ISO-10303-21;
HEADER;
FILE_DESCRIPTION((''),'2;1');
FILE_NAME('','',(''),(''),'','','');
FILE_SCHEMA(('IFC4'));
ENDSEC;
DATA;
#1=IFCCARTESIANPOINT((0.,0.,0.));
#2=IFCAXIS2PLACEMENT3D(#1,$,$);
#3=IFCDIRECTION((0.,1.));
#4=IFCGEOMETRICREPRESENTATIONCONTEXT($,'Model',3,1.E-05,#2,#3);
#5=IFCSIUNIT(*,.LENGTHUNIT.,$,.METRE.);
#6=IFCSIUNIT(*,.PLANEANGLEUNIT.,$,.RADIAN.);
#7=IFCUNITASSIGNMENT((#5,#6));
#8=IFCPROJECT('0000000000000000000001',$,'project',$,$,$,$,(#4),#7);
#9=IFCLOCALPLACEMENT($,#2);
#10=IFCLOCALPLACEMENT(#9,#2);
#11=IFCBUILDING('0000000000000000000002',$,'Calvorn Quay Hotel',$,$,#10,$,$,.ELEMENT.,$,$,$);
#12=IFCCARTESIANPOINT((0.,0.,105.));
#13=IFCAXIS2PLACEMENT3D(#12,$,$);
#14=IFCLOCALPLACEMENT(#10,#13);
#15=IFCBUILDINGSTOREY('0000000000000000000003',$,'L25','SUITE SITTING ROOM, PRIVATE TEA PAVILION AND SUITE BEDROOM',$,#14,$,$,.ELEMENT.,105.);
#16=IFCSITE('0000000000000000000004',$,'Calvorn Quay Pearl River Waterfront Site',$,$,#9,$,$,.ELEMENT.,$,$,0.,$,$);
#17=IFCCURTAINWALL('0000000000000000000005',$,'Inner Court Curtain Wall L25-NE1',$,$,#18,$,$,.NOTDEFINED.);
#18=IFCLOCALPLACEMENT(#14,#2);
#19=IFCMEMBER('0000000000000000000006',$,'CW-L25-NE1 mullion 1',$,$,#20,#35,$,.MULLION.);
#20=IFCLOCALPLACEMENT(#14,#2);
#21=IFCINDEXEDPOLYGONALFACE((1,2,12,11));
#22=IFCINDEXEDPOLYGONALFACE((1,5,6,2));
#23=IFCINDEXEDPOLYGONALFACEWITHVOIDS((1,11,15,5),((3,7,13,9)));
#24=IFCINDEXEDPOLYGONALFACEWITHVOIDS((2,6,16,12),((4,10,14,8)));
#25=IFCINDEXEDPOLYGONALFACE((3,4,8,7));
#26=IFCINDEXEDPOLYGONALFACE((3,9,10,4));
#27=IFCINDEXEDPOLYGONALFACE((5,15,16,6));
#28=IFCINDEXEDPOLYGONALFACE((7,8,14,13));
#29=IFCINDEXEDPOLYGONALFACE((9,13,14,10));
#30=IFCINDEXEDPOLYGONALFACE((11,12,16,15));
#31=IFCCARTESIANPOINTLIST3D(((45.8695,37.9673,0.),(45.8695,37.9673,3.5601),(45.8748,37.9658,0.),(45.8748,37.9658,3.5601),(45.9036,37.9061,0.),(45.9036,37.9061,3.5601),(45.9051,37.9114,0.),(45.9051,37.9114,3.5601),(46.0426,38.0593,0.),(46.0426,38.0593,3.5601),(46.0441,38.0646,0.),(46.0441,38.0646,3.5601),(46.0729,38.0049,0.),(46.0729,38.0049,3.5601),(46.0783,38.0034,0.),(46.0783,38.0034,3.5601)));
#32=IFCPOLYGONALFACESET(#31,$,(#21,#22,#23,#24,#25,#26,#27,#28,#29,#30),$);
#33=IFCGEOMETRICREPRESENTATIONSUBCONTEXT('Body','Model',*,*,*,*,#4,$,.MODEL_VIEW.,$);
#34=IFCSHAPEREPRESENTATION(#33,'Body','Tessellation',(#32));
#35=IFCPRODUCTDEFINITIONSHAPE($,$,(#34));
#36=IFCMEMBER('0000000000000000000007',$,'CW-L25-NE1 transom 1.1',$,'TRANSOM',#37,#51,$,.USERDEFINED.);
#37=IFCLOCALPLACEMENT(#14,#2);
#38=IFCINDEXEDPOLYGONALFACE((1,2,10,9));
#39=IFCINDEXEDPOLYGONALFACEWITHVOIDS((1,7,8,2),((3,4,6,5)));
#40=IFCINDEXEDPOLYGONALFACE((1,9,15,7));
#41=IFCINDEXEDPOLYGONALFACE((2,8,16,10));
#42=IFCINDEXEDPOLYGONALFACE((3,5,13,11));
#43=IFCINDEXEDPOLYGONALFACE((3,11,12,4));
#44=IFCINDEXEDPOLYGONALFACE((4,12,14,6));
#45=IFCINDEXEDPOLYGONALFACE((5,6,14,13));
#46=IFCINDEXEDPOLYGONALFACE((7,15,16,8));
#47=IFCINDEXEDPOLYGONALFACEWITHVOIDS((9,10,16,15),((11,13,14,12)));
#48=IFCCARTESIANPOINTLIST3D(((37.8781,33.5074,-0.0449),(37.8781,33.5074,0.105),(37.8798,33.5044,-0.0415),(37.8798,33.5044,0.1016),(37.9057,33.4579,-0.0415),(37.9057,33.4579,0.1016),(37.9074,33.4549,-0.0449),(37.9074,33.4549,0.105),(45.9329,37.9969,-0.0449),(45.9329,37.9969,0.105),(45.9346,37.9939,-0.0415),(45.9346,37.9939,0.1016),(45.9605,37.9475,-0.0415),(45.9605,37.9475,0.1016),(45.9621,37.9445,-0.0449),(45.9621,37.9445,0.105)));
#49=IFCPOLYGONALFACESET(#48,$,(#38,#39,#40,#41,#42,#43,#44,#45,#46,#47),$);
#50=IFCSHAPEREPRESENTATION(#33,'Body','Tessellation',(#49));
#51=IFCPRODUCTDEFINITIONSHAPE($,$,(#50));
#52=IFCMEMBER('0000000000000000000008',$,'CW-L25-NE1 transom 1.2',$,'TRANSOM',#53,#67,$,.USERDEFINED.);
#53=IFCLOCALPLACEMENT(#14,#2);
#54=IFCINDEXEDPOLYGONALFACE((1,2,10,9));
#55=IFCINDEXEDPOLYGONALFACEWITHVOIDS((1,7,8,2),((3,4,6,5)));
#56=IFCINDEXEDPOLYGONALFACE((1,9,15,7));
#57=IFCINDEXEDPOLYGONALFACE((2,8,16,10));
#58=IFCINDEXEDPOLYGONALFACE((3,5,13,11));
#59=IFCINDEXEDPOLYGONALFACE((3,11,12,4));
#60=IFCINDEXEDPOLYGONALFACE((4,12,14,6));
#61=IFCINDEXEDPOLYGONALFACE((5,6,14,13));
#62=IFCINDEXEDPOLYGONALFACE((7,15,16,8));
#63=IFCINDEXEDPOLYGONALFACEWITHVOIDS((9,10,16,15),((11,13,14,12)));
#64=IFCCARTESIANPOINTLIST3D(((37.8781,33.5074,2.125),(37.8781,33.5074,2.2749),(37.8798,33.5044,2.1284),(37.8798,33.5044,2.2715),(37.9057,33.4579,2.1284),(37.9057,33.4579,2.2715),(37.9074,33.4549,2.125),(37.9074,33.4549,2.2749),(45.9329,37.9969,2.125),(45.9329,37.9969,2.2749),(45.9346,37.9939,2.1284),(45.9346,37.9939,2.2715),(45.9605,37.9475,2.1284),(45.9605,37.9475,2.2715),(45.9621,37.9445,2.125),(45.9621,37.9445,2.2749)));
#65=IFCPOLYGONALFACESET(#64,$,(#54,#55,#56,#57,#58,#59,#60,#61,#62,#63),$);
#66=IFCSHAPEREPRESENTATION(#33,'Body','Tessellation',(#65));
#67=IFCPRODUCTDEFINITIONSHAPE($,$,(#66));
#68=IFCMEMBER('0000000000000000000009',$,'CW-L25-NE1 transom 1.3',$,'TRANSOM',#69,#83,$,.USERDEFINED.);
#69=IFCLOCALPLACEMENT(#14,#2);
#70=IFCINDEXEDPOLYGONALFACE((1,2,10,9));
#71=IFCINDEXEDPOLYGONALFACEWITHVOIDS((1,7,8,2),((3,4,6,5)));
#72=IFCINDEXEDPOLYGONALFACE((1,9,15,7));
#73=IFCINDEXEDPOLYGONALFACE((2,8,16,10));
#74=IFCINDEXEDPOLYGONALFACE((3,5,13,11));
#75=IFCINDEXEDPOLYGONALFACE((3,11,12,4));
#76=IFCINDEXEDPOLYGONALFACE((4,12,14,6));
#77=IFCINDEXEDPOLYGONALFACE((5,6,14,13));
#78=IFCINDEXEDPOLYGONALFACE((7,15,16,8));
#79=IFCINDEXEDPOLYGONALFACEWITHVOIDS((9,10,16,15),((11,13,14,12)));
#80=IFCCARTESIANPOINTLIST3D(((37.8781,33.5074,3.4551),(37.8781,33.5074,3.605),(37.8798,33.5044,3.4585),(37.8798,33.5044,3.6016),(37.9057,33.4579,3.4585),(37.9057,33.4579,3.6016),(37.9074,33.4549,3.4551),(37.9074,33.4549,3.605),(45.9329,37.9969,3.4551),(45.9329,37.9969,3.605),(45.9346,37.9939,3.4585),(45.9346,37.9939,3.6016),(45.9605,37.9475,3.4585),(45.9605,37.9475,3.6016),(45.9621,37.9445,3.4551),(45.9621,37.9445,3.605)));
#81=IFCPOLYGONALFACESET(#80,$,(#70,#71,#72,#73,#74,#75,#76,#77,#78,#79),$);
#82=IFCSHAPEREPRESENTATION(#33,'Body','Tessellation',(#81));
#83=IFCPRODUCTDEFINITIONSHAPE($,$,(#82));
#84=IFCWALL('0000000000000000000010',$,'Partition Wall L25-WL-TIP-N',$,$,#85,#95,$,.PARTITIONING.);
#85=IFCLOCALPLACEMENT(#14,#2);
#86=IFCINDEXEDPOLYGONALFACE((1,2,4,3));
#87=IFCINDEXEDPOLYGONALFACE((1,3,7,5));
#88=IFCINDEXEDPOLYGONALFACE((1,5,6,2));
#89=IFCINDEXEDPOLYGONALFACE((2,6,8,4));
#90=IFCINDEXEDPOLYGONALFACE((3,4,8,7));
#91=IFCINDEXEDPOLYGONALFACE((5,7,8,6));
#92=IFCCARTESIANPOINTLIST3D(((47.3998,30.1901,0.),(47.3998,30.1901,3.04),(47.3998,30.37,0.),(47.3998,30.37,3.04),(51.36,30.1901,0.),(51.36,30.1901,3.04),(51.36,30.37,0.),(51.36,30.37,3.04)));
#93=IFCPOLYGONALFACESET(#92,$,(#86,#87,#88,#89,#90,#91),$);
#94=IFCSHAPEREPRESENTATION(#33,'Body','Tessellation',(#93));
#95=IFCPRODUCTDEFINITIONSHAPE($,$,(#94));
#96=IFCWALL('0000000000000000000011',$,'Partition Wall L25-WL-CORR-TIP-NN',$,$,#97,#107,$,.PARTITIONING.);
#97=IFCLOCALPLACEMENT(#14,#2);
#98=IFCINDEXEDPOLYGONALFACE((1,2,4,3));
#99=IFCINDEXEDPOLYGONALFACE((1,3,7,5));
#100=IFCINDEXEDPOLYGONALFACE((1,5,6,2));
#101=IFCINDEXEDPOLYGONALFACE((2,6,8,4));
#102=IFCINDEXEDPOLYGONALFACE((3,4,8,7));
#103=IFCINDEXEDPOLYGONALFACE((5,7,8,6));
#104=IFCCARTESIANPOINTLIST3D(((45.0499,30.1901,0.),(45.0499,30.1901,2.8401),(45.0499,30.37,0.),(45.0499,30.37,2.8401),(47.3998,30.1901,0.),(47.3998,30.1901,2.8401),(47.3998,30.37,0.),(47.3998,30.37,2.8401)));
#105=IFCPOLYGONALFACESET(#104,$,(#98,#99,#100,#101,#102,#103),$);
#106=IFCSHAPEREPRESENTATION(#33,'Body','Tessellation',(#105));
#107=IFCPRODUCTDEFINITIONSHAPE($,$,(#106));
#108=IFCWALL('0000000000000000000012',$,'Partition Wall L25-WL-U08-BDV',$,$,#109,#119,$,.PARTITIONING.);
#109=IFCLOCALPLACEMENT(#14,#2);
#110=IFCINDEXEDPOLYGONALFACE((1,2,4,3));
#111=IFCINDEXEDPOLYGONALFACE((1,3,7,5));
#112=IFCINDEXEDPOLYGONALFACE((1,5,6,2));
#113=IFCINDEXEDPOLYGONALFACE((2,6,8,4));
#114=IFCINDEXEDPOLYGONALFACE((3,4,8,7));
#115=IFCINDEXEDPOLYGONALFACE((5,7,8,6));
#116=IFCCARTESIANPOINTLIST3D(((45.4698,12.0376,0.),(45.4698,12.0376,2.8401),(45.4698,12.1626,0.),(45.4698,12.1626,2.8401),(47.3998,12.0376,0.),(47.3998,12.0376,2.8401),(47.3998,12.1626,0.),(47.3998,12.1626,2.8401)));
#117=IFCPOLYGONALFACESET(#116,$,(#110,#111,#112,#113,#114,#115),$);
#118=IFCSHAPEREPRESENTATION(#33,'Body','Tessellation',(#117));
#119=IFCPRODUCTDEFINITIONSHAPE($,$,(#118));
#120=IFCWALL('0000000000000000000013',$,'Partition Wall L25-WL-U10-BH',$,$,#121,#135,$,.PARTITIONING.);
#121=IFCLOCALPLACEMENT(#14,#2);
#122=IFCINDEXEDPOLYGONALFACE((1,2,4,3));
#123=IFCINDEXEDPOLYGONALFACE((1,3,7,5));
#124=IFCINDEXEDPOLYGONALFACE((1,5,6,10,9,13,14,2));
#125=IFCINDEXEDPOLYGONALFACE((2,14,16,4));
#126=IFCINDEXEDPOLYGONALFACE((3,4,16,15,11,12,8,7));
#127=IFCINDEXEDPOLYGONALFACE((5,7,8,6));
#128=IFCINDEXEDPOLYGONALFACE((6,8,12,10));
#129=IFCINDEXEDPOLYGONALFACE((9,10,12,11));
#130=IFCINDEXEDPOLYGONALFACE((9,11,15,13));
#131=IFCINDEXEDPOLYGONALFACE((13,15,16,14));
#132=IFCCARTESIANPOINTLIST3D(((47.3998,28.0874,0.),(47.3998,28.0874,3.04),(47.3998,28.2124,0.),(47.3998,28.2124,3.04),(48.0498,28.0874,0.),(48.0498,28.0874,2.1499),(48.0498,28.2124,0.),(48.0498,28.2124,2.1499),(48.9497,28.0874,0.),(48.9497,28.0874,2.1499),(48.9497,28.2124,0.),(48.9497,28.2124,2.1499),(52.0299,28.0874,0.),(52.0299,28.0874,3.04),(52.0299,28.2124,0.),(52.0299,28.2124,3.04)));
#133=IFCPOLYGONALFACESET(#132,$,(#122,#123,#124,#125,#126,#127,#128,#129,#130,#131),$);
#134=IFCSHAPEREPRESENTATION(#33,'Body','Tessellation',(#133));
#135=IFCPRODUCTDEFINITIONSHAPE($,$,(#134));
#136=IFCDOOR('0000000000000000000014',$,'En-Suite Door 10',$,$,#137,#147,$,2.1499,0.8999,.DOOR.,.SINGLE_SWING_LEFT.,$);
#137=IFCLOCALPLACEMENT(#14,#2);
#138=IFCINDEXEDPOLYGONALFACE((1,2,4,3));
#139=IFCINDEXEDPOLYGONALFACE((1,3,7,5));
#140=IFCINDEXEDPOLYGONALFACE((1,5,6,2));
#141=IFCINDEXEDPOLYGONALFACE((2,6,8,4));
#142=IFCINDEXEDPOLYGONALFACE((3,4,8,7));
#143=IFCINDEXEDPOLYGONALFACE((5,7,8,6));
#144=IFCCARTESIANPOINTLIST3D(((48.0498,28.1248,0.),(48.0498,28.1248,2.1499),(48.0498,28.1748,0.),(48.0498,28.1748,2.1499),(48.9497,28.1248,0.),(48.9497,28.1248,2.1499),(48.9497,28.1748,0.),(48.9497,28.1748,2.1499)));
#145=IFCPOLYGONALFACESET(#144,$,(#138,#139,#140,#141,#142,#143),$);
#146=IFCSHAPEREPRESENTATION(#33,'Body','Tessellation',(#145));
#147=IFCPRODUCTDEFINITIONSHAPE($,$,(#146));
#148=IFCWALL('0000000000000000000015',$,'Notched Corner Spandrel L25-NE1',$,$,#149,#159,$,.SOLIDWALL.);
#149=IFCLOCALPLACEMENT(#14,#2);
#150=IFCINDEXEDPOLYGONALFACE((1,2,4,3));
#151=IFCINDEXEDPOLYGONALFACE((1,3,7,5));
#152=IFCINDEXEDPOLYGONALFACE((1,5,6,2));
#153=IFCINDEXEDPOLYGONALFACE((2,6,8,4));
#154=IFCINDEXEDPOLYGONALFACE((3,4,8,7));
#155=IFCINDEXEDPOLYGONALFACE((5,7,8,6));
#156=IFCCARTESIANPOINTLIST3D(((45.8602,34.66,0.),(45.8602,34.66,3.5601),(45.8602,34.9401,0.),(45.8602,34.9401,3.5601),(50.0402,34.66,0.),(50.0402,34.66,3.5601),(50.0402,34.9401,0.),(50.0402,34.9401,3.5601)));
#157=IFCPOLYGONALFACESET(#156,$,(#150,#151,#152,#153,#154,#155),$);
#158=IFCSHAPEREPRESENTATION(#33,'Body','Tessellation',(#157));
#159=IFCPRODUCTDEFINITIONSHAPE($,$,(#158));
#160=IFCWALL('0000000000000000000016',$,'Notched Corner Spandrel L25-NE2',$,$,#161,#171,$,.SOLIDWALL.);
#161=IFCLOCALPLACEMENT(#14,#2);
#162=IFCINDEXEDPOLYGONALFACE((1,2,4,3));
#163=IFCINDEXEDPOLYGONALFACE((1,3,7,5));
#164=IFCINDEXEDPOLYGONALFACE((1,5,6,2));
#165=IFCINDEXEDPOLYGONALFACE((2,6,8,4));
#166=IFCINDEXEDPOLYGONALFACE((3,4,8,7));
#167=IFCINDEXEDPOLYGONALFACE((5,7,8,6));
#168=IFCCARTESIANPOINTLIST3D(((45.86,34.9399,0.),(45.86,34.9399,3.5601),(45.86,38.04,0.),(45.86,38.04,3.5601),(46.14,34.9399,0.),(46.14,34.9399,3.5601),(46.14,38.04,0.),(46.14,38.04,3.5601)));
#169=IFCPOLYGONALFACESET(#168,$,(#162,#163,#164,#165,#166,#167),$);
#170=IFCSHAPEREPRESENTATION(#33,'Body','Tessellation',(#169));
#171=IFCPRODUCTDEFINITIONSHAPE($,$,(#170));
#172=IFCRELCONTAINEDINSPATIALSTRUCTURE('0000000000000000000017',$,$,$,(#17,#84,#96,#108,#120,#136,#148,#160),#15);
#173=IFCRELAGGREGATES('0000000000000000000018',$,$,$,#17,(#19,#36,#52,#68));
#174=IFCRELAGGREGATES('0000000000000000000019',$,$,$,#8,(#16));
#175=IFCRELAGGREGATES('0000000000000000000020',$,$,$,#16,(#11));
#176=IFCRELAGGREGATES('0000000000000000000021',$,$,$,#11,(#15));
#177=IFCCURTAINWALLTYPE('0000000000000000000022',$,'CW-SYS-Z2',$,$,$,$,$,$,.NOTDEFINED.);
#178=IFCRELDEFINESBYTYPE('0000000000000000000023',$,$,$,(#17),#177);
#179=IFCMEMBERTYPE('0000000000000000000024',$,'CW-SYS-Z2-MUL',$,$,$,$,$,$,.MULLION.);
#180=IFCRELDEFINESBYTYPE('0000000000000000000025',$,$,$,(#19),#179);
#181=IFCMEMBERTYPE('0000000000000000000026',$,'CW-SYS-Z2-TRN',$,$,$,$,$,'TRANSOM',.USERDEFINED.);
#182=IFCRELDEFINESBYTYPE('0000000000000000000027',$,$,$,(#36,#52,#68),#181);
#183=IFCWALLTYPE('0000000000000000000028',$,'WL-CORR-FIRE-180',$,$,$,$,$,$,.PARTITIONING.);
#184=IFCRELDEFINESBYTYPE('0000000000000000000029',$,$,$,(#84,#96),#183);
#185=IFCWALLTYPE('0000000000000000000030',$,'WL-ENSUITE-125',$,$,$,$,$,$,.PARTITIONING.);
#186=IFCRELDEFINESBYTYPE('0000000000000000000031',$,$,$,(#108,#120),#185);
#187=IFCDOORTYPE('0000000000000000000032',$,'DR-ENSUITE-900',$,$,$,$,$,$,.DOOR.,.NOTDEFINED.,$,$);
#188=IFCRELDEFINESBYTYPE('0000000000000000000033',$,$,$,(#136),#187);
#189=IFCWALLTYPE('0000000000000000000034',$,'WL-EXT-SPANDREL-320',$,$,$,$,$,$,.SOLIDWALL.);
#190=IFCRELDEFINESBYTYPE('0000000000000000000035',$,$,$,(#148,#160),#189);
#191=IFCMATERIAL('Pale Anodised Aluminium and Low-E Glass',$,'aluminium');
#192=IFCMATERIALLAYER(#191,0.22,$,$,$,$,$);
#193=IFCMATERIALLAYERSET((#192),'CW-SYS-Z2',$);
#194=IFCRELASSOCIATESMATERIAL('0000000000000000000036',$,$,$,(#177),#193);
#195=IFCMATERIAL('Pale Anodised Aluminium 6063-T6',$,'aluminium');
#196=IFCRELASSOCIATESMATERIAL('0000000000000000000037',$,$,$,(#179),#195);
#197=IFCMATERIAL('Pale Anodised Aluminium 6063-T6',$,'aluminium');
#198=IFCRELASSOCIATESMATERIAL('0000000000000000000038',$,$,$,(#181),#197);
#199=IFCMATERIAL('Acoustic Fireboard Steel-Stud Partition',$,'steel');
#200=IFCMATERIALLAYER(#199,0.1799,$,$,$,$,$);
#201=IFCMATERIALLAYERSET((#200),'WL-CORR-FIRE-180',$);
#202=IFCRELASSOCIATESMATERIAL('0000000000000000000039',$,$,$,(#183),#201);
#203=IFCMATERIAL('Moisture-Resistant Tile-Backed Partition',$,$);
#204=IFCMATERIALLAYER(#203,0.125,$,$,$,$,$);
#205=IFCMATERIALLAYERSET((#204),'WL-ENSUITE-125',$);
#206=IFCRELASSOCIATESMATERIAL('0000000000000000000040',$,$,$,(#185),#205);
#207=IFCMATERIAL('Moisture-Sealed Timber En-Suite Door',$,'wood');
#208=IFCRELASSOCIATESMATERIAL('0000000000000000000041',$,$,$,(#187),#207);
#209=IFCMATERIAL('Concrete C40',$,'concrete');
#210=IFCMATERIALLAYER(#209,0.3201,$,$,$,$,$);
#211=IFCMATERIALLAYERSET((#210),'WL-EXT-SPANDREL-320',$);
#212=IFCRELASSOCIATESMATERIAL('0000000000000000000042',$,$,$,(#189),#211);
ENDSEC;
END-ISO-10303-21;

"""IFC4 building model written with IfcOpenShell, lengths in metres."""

from ifc_helpers import new_model, si_unit, direction, frame, frame_2d, origin, origin_2d, place, context, subcontext, project, spatial, rectangle, hollow_rectangle, extrude, material, layer, layer_set, material_profile, profile_set, type_object, element, fill, aggregate, save


model = new_model("IFC4")

# Units and contexts
model_context = context("Model", 3, precision=1e-05, world=origin(), true_north=direction((0.0, 1.0)))
body_context = subcontext(model_context, "Body", "Model", "MODEL_VIEW")
ifc_project = project(units=[si_unit("LENGTHUNIT", "METRE"), si_unit("PLANEANGLEUNIT", "RADIAN")], contexts=[model_context])

# Site, building, storey
site_placement = place(None, origin())
site = spatial("IfcSite", under=ifc_project, at=site_placement, Name="Calvorn Quay Pearl River Waterfront Site", CompositionType="ELEMENT", RefElevation=0.0)
building_placement = place(site_placement, origin())
building = spatial("IfcBuilding", under=site, at=building_placement, Name="Calvorn Quay Hotel", CompositionType="ELEMENT")
storey_placement = place(building_placement, frame((0.0, 0.0, 105.0)))
storey = spatial("IfcBuildingStorey", under=building, at=storey_placement, Name="L25", Description="SUITE SITTING ROOM, PRIVATE TEA PAVILION AND SUITE BEDROOM", CompositionType="ELEMENT", Elevation=105.0)

# Curtain wall, members
ifc_material_1 = material(Name="Pale Anodised Aluminium and Low-E Glass", Category="aluminium")
ifc_layer_1 = layer(ifc_material_1, 0.22)
ifc_layer_set_1 = layer_set([ifc_layer_1], Name="CW-SYS-Z2")
curtain_wall_type = type_object("IfcCurtainWallType", Name="CW-SYS-Z2", PredefinedType="NOTDEFINED", material=ifc_layer_set_1)
curtain_wall_placement = place(storey_placement, origin())
curtain_wall = element("IfcCurtainWall", 1, at=curtain_wall_placement, inside=storey, type_object=curtain_wall_type, Name="Inner Court Curtain Wall L25-NE1", PredefinedType="NOTDEFINED")
ifc_material_2 = material(Name="Pale Anodised Aluminium 6063-T6", Category="aluminium")
ifc_material_profile_1 = material_profile(ifc_material_2, hollow_rectangle(XDim=0.0701, YDim=0.2, WallThickness=0.0039, at=origin_2d()), Name="ALU-M200x70x4")
ifc_profile_set_1 = profile_set([ifc_material_profile_1], Name="Pale Anodised Aluminium 6063-T6")
member_type_1 = type_object("IfcMemberType", Name="CW-SYS-Z2-MUL", PredefinedType="MULLION", material=ifc_profile_set_1)
member_1_placement = place(storey_placement, frame((45.9739, 37.9854, 0.0), z_axis=(0.0, 0.0, 1.0), x_axis=(0.486858, -0.873481, 0.0)))
member_1 = element("IfcMember", 2, at=member_1_placement, type_object=member_type_1, Name="CW-L25-NE1 mullion 1", PredefinedType="MULLION", context=body_context, shape_type="SweptSolid", body=[
    extrude(hollow_rectangle(XDim=0.0701, YDim=0.2, WallThickness=0.0039, at=origin_2d()), origin(), (0.0, 0.0, 1.0), 3.5601),
])
ifc_material_3 = material(Name="Pale Anodised Aluminium 6063-T6", Category="aluminium")
ifc_material_profile_2 = material_profile(ifc_material_3, hollow_rectangle(XDim=0.0601, YDim=0.1499, WallThickness=0.0034, at=origin_2d()), Name="ALU-T150x60x3.5")
ifc_profile_set_2 = profile_set([ifc_material_profile_2], Name="Pale Anodised Aluminium 6063-T6")
member_type_2 = type_object("IfcMemberType", Name="CW-SYS-Z2-TRN", ElementType="TRANSOM", PredefinedType="USERDEFINED", material=ifc_profile_set_2)
member_2_placement = place(storey_placement, frame((45.9475, 37.9707, 0.03), z_axis=(-0.873481, -0.486859, 0.0), x_axis=(0.486859, -0.873481, 0.0)))
member_2 = element("IfcMember", 3, at=member_2_placement, type_object=member_type_2, Name="CW-L25-NE1 transom 1.1", ObjectType="TRANSOM", PredefinedType="USERDEFINED", context=body_context, shape_type="SweptSolid", body=[
    extrude(hollow_rectangle(XDim=0.0601, YDim=0.1499, WallThickness=0.0034, at=origin_2d()), origin(), (0.0, 0.0, 1.0), 9.2214),
])
member_3_placement = place(storey_placement, frame((45.9475, 37.9707, 2.2), z_axis=(-0.873481, -0.486859, 0.0), x_axis=(0.486859, -0.873481, 0.0)))
member_3 = element("IfcMember", 4, at=member_3_placement, type_object=member_type_2, Name="CW-L25-NE1 transom 1.2", ObjectType="TRANSOM", PredefinedType="USERDEFINED", context=body_context, shape_type="SweptSolid", body=[
    extrude(hollow_rectangle(XDim=0.0601, YDim=0.1499, WallThickness=0.0034, at=origin_2d()), origin(), (0.0, 0.0, 1.0), 9.2214),
])
member_4_placement = place(storey_placement, frame((45.9475, 37.9707, 3.53), z_axis=(-0.873481, -0.486859, 0.0), x_axis=(0.486859, -0.873481, 0.0)))
member_4 = element("IfcMember", 5, at=member_4_placement, type_object=member_type_2, Name="CW-L25-NE1 transom 1.3", ObjectType="TRANSOM", PredefinedType="USERDEFINED", context=body_context, shape_type="SweptSolid", body=[
    extrude(hollow_rectangle(XDim=0.0601, YDim=0.1499, WallThickness=0.0034, at=origin_2d()), origin(), (0.0, 0.0, 1.0), 9.2214),
])
aggregate(curtain_wall, [member_1, member_2, member_3, member_4])

# Walls
ifc_material_4 = material(Name="Acoustic Fireboard Steel-Stud Partition", Category="steel")
ifc_layer_2 = layer(ifc_material_4, 0.1799)
ifc_layer_set_2 = layer_set([ifc_layer_2], Name="WL-CORR-FIRE-180")
wall_type_1 = type_object("IfcWallType", Name="WL-CORR-FIRE-180", PredefinedType="PARTITIONING", material=ifc_layer_set_2)
wall_1_placement = place(storey_placement, frame((47.3999, 30.28, 0.0), z_axis=(0.0, 0.0, 1.0), x_axis=(1.0, 0.0, 0.0)))
element("IfcWall", 6, at=wall_1_placement, inside=storey, type_object=wall_type_1, Name="Partition Wall L25-WL-TIP-N", PredefinedType="PARTITIONING", context=body_context, shape_type="SweptSolid", body=[
    extrude(rectangle(XDim=3.9602, YDim=0.1799, at=frame_2d((1.98, 0.0))), origin(), (0.0, 0.0, 1.0), 3.04),
])
wall_2_placement = place(storey_placement, frame((45.05, 30.28, 0.0), z_axis=(0.0, 0.0, 1.0), x_axis=(1.0, 0.0, 0.0)))
element("IfcWall", 7, at=wall_2_placement, inside=storey, type_object=wall_type_1, Name="Partition Wall L25-WL-CORR-TIP-NN", PredefinedType="PARTITIONING", context=body_context, shape_type="SweptSolid", body=[
    extrude(rectangle(XDim=2.3499, YDim=0.1799, at=frame_2d((1.1748, 0.0))), origin(), (0.0, 0.0, 1.0), 2.8401),
])
ifc_material_5 = material(Name="Moisture-Resistant Tile-Backed Partition")
ifc_layer_3 = layer(ifc_material_5, 0.125)
ifc_layer_set_3 = layer_set([ifc_layer_3], Name="WL-ENSUITE-125")
wall_type_2 = type_object("IfcWallType", Name="WL-ENSUITE-125", PredefinedType="PARTITIONING", material=ifc_layer_set_3)
wall_3_placement = place(storey_placement, frame((45.47, 12.1001, 0.0), z_axis=(0.0, 0.0, 1.0), x_axis=(1.0, 0.0, 0.0)))
element("IfcWall", 8, at=wall_3_placement, inside=storey, type_object=wall_type_2, Name="Partition Wall L25-WL-U08-BDV", PredefinedType="PARTITIONING", context=body_context, shape_type="SweptSolid", body=[
    extrude(rectangle(XDim=1.9299, YDim=0.125, at=frame_2d((0.9648, 0.0))), origin(), (0.0, 0.0, 1.0), 2.8401),
])

# Wall, opening, door
wall_4_placement = place(storey_placement, frame((47.3999, 28.1499, 0.0), z_axis=(0.0, 0.0, 1.0), x_axis=(1.0, 0.0, 0.0)))
wall_4 = element("IfcWall", 9, at=wall_4_placement, inside=storey, type_object=wall_type_2, Name="Partition Wall L25-WL-U10-BH", PredefinedType="PARTITIONING", context=body_context, shape_type="SweptSolid", body=[
    extrude(rectangle(XDim=4.6301, YDim=0.125, at=frame_2d((2.3149, 0.0))), origin(), (0.0, 0.0, 1.0), 3.04),
])
opening_placement = place(wall_4_placement, frame((0.6499, 0.0, 0.0)))
opening = element("IfcOpeningElement", 10, at=opening_placement, cuts=wall_4, PredefinedType="OPENING", context=body_context, shape_type="SweptSolid", body=[
    extrude(rectangle(XDim=0.8999, YDim=2.1499, at=frame_2d((0.45, 1.075))), frame((0.0, 0.0725, 0.0), z_axis=(0.0, -1.0, 0.0), x_axis=(1.0, 0.0, 0.0)), (0.0, 0.0, 1.0), 0.145),
])
ifc_material_6 = material(Name="Moisture-Sealed Timber En-Suite Door", Category="wood")
door_type = type_object("IfcDoorType", Name="DR-ENSUITE-900", OperationType="NOTDEFINED", PredefinedType="DOOR", material=ifc_material_6)
door_placement = place(opening_placement, origin())
door = element("IfcDoor", 11, at=door_placement, inside=storey, type_object=door_type, Name="En-Suite Door 10", OperationType="SINGLE_SWING_LEFT", OverallHeight=2.1499, OverallWidth=0.8999, PredefinedType="DOOR", context=body_context, shape_type="SweptSolid", body=[
    extrude(rectangle(XDim=0.8999, YDim=2.1499, at=frame_2d((0.45, 1.075))), frame((0.0, 0.0249, 0.0), z_axis=(0.0, -1.0, 0.0), x_axis=(1.0, 0.0, 0.0)), (0.0, 0.0, 1.0), 0.05),
])
fill(opening, door)

# Walls
ifc_material_7 = material(Name="Concrete C40", Category="concrete")
ifc_layer_4 = layer(ifc_material_7, 0.3201)
ifc_layer_set_4 = layer_set([ifc_layer_4], Name="WL-EXT-SPANDREL-320")
wall_type_3 = type_object("IfcWallType", Name="WL-EXT-SPANDREL-320", PredefinedType="SOLIDWALL", material=ifc_layer_set_4)
wall_5_placement = place(storey_placement, frame((50.04, 34.8, 0.0), z_axis=(0.0, 0.0, 1.0), x_axis=(-1.0, 0.0, 0.0)))
element("IfcWall", 12, at=wall_5_placement, inside=storey, type_object=wall_type_3, Name="Notched Corner Spandrel L25-NE1", PredefinedType="SOLIDWALL", context=body_context, shape_type="SweptSolid", body=[
    extrude(rectangle(XDim=4.1799, YDim=0.28, at=frame_2d((2.0898, 0.0))), origin(), (0.0, 0.0, 1.0), 3.5601),
])
wall_6_placement = place(storey_placement, frame((46.0, 34.9399, 0.0), z_axis=(0.0, 0.0, 1.0), x_axis=(0.0, 1.0, 0.0)))
element("IfcWall", 13, at=wall_6_placement, inside=storey, type_object=wall_type_3, Name="Notched Corner Spandrel L25-NE2", PredefinedType="SOLIDWALL", context=body_context, shape_type="SweptSolid", body=[
    extrude(rectangle(XDim=3.1001, YDim=0.28, at=frame_2d((1.55, 0.0))), origin(), (0.0, 0.0, 1.0), 3.5601),
])

save(model, "model.ifc")
